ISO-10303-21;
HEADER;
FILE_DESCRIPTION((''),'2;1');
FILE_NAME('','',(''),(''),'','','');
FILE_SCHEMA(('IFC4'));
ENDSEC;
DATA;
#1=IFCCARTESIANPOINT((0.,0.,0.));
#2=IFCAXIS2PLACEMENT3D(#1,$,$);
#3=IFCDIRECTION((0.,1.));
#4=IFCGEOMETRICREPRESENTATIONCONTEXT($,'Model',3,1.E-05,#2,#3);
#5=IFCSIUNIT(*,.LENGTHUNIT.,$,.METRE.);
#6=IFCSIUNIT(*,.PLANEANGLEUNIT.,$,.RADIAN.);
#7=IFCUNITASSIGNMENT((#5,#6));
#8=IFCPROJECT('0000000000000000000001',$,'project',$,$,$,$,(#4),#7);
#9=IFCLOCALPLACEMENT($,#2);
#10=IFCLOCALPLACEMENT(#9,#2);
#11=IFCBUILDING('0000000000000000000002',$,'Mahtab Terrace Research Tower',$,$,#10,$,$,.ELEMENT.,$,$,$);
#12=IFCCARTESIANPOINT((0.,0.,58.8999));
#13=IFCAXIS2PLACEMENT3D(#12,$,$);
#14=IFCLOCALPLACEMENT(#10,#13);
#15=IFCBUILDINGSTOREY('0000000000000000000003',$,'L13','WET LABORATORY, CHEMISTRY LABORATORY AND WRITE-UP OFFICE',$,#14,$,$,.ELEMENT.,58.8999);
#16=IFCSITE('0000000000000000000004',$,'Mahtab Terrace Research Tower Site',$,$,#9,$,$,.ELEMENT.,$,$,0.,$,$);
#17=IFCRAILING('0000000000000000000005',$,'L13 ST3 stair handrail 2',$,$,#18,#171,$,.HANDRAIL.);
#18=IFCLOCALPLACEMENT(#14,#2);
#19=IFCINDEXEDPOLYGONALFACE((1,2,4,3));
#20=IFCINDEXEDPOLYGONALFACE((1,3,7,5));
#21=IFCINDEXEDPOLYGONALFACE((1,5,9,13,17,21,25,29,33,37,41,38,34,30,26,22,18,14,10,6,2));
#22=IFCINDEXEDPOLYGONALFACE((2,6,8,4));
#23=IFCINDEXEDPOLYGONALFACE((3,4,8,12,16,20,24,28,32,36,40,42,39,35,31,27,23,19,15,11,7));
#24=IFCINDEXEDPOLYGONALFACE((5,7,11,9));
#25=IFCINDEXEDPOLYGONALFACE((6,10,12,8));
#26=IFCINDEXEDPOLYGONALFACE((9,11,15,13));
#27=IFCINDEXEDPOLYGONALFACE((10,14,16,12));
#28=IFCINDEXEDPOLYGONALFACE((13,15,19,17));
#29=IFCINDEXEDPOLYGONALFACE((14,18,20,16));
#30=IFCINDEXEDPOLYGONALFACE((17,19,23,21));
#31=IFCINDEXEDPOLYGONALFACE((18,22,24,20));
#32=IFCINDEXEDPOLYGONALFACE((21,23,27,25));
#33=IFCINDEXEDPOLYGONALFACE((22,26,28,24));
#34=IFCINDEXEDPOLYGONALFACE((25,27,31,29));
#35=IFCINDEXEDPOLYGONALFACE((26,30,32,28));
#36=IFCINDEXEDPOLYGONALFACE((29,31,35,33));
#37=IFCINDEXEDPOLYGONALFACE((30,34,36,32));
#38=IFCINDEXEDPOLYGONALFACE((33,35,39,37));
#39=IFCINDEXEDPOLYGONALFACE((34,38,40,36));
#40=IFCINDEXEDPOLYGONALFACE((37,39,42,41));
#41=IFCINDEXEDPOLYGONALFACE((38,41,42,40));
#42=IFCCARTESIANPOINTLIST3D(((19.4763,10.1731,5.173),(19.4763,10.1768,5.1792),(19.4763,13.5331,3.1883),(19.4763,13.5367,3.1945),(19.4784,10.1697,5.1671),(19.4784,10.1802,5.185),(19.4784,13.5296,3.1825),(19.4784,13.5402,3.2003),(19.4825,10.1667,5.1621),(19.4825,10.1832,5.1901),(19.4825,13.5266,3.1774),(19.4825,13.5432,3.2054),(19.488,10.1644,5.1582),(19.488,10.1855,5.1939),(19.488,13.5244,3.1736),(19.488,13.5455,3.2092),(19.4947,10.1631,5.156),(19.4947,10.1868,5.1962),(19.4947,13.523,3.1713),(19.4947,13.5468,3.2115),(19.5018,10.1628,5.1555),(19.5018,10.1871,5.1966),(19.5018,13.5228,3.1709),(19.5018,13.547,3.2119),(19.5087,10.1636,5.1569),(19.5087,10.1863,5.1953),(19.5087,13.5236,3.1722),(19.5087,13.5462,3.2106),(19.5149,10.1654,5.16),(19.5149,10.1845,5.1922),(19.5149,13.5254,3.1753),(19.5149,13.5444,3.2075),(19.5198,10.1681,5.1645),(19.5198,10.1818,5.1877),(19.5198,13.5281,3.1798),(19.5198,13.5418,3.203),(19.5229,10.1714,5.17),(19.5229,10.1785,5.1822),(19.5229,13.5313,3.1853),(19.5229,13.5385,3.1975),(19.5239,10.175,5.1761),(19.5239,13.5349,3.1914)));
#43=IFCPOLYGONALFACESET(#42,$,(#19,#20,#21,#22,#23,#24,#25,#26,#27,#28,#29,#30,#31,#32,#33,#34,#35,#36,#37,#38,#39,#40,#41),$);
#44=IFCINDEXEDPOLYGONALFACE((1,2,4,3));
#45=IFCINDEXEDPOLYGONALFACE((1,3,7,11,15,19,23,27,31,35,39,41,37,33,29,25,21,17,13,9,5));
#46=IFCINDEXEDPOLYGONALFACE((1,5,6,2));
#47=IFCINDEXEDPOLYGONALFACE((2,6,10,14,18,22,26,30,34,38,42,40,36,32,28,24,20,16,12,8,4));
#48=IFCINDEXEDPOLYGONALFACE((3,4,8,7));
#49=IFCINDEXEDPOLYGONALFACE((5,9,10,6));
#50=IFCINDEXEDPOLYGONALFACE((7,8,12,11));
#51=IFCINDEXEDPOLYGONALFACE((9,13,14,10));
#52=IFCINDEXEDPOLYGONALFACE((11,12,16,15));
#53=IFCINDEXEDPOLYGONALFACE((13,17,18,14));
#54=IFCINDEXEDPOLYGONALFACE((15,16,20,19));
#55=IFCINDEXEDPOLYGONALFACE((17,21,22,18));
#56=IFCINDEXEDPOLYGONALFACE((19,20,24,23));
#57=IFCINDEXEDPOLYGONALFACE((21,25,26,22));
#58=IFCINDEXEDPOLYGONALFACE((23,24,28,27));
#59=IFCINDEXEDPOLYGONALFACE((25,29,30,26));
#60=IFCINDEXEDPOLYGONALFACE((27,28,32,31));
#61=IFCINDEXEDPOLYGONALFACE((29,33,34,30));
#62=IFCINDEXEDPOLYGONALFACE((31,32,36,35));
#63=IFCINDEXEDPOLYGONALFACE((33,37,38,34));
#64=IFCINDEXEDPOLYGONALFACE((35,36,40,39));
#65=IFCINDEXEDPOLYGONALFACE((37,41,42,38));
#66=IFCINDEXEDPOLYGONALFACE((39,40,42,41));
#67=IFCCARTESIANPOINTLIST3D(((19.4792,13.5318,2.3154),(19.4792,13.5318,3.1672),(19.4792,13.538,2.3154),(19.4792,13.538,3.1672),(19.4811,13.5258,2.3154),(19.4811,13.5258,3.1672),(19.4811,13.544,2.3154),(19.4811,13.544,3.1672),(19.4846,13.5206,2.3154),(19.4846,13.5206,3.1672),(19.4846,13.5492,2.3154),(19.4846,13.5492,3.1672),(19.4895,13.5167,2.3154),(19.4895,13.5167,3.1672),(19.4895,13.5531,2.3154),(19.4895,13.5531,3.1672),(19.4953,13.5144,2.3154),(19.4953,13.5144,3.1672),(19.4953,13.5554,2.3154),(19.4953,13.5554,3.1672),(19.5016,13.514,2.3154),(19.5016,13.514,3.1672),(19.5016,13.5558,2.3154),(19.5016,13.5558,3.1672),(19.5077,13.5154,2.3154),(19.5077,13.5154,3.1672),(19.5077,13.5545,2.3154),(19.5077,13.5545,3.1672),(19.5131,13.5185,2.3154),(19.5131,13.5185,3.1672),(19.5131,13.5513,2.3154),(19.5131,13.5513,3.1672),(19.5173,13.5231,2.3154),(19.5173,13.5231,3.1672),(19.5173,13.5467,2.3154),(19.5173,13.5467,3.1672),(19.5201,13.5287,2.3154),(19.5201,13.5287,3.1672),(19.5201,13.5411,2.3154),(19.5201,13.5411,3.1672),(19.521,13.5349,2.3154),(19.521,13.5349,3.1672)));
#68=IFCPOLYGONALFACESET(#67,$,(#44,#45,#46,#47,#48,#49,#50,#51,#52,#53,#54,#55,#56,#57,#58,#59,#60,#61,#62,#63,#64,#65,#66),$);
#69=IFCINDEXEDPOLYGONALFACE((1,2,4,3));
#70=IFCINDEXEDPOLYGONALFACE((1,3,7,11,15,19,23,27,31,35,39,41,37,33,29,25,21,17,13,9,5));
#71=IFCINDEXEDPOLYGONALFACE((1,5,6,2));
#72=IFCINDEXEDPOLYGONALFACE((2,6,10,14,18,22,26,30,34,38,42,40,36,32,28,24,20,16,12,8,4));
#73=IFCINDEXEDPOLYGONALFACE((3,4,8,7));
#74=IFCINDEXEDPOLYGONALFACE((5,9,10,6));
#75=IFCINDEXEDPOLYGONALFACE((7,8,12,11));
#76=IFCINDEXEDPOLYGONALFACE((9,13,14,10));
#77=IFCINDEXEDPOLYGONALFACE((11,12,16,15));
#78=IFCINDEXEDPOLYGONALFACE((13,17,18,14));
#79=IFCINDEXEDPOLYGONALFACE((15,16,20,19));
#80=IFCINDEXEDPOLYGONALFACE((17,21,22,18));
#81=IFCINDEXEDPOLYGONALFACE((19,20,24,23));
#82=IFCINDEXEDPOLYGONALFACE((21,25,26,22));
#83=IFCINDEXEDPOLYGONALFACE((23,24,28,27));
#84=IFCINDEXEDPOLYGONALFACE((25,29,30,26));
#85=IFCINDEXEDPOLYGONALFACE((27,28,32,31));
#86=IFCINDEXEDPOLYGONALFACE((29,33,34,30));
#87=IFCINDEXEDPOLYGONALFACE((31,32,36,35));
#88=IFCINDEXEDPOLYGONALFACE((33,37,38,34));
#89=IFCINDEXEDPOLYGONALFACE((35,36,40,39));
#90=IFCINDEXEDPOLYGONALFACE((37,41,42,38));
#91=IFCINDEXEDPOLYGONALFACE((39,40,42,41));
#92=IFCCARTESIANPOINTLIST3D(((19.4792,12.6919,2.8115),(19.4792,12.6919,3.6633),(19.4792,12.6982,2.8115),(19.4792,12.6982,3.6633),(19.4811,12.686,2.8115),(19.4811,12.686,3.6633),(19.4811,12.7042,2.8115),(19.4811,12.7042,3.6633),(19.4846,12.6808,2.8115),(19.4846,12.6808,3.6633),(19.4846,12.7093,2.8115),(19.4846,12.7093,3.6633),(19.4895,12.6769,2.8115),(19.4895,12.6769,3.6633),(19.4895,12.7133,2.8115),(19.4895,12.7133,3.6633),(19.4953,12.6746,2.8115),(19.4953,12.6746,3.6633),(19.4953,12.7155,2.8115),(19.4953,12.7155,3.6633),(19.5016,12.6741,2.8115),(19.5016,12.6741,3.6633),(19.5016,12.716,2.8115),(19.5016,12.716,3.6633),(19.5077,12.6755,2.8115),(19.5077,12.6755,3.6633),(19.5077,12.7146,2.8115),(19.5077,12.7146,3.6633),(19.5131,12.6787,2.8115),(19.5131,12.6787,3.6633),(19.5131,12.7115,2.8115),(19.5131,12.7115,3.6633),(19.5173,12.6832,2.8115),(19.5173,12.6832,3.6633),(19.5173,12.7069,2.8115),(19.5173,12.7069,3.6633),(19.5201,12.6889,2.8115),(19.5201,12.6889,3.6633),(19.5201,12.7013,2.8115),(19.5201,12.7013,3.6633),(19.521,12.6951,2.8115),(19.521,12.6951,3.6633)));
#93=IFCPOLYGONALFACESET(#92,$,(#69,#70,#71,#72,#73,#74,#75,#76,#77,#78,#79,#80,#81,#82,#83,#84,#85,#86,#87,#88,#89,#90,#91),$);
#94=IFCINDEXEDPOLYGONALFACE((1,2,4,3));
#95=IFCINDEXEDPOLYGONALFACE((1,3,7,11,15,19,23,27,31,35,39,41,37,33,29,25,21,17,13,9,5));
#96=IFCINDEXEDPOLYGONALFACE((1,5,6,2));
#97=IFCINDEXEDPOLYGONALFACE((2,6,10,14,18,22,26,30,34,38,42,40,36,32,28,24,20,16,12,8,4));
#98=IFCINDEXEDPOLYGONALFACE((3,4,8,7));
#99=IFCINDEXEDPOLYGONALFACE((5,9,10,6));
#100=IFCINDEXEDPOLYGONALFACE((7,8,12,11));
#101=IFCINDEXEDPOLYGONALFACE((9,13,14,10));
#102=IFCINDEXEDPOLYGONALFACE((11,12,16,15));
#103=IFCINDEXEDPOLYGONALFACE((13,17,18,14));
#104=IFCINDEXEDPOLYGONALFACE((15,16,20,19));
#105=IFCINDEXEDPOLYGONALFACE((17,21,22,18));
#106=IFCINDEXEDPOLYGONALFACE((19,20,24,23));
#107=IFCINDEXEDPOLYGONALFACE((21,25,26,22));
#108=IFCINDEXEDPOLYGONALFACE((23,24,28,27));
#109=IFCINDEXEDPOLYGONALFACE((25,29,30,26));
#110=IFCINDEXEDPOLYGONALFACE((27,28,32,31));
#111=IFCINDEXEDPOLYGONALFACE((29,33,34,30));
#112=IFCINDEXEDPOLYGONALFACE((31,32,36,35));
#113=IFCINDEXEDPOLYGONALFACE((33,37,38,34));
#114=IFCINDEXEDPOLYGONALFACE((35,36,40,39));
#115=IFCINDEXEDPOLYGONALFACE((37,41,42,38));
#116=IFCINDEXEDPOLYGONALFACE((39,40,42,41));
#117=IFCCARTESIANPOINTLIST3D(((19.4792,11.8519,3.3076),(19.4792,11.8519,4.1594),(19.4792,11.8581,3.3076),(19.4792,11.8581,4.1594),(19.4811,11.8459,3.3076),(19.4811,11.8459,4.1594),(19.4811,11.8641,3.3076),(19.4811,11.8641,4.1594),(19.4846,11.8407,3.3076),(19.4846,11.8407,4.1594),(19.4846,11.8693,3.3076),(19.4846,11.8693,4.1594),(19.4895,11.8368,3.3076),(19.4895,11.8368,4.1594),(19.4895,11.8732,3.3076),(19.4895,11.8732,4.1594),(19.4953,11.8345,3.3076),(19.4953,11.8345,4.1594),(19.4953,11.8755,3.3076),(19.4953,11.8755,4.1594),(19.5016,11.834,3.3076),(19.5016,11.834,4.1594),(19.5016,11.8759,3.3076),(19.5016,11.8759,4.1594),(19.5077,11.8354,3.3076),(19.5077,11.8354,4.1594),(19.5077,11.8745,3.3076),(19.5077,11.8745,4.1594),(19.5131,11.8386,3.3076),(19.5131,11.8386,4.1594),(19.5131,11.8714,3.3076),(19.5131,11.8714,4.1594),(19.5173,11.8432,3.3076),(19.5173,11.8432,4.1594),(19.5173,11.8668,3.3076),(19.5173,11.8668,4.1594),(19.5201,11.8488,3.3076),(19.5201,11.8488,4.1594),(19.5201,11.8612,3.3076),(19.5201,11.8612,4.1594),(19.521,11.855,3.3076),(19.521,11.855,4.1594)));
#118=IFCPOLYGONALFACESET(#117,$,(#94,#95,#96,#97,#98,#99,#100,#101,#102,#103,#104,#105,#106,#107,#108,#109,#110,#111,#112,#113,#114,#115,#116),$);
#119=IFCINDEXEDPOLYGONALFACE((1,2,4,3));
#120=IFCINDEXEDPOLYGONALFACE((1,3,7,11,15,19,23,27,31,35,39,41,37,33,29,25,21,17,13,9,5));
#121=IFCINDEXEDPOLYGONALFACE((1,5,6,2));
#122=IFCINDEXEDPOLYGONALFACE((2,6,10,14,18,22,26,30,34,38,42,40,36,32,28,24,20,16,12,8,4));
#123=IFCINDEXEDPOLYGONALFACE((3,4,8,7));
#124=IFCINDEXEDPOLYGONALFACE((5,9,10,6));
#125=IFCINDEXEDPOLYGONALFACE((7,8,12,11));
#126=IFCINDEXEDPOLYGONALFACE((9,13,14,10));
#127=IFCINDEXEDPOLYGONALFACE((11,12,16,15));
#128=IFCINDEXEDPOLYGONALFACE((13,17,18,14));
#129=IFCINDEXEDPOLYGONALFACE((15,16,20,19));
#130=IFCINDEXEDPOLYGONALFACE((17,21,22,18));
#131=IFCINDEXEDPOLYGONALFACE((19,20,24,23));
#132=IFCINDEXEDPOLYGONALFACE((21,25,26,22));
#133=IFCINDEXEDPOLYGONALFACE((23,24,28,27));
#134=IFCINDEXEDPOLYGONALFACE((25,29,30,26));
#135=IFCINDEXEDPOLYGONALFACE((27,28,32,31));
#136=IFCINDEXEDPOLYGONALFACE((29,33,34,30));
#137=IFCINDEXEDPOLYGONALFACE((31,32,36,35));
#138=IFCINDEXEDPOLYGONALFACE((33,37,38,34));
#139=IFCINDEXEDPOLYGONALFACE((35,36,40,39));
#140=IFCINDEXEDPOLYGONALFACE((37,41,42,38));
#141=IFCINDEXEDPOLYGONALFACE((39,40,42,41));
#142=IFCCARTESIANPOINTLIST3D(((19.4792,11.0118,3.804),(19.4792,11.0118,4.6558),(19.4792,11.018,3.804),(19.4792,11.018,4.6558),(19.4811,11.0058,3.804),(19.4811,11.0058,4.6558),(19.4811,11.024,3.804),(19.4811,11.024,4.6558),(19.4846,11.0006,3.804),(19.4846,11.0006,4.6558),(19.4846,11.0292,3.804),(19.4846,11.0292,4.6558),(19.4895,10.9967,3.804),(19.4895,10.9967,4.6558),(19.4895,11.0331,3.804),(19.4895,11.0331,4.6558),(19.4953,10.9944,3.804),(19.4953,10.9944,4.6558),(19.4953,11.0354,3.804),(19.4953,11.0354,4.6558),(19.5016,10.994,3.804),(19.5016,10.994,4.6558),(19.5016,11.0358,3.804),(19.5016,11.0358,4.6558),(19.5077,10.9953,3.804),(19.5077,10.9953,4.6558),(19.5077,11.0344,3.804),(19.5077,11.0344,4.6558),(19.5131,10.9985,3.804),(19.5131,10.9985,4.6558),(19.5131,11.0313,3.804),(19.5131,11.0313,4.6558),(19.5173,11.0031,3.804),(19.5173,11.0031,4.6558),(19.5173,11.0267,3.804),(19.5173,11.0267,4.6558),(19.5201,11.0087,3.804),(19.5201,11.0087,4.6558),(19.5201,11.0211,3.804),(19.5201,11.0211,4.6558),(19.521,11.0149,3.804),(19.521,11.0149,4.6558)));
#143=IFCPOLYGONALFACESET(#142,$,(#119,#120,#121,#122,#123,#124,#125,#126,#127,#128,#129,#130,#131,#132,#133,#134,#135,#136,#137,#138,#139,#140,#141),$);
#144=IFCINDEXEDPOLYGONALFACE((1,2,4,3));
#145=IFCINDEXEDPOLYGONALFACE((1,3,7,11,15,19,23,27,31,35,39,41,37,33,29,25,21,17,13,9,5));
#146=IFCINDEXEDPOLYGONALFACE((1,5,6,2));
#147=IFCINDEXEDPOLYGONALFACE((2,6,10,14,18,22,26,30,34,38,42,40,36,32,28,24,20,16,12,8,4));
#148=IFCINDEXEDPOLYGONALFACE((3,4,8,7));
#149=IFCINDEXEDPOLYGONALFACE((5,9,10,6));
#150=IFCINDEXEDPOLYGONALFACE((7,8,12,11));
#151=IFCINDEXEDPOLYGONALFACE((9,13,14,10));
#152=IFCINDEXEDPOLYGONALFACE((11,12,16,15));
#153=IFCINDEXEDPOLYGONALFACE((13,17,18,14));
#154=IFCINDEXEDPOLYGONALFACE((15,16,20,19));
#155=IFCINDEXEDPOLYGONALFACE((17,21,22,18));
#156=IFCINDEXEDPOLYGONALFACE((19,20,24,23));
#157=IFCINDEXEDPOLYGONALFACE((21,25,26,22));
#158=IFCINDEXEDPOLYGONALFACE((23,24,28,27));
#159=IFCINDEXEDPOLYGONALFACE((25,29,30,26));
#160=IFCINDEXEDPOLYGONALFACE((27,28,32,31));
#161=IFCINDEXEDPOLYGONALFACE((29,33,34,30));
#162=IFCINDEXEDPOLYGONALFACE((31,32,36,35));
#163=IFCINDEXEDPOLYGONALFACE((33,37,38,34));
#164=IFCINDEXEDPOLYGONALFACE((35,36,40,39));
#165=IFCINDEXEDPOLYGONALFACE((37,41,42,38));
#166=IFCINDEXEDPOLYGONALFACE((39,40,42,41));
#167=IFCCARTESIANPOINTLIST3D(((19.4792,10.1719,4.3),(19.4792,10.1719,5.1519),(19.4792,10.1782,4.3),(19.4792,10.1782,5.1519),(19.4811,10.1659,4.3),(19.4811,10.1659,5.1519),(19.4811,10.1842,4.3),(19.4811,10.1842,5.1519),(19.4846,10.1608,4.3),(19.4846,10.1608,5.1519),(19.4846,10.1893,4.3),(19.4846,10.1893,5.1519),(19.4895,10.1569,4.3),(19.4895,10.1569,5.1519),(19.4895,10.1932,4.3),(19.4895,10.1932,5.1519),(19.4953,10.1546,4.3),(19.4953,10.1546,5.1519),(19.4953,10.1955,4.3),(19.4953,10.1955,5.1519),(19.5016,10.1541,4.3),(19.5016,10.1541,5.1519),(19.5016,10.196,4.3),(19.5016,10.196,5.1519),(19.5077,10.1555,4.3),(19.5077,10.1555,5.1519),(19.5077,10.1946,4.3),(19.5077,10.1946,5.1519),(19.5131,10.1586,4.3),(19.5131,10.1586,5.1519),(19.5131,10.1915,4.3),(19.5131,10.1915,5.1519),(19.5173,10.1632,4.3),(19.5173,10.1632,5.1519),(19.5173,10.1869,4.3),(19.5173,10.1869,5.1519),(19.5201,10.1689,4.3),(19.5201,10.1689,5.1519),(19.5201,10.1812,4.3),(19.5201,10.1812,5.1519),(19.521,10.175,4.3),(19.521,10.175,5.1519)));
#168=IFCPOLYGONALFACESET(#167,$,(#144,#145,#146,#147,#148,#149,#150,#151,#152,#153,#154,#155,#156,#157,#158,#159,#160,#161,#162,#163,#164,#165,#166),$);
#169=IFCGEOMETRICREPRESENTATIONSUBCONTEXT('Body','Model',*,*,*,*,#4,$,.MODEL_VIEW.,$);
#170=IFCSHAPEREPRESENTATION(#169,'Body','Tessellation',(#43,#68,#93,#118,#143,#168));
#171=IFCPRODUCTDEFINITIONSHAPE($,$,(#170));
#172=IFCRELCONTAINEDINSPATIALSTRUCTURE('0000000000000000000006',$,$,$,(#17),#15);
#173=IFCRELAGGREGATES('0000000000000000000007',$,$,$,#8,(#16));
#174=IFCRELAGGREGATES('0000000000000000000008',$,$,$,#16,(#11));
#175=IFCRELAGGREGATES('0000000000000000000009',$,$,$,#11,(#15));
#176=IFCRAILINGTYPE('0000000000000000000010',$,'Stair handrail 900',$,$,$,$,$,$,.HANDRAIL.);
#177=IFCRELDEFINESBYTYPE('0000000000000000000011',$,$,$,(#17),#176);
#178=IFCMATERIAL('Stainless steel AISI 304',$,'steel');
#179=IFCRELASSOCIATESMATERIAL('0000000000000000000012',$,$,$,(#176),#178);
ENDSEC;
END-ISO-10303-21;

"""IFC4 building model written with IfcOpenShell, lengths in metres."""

from ifc_helpers import new_model, si_unit, direction, frame, origin, origin_2d, place, context, subcontext, project, spatial, circle, extrude, material, type_object, element, save


model = new_model("IFC4")

# Units and contexts
model_context = context("Model", 3, precision=1e-05, world=origin(), true_north=direction((0.0, 1.0)))
body_context = subcontext(model_context, "Body", "Model", "MODEL_VIEW")
ifc_project = project(units=[si_unit("LENGTHUNIT", "METRE"), si_unit("PLANEANGLEUNIT", "RADIAN")], contexts=[model_context])

# Site, building, storey
site_placement = place(None, origin())
site = spatial("IfcSite", under=ifc_project, at=site_placement, Name="Mahtab Terrace Research Tower Site", CompositionType="ELEMENT", RefElevation=0.0)
building_placement = place(site_placement, origin())
building = spatial("IfcBuilding", under=site, at=building_placement, Name="Mahtab Terrace Research Tower", CompositionType="ELEMENT")
storey_placement = place(building_placement, frame((0.0, 0.0, 58.8999)))
storey = spatial("IfcBuildingStorey", under=building, at=storey_placement, Name="L13", Description="WET LABORATORY, CHEMISTRY LABORATORY AND WRITE-UP OFFICE", CompositionType="ELEMENT", Elevation=58.8999)

# Railing
ifc_material_1 = material(Name="Stainless steel AISI 304", Category="steel")
railing_type_1 = type_object("IfcRailingType", Name="Stair handrail 900", PredefinedType="HANDRAIL", material=ifc_material_1)
railing_1_placement = place(storey_placement, frame((19.5, 13.5349, 2.3154)))
element("IfcRailing", 1, at=railing_1_placement, inside=storey, type_object=railing_type_1, Name="L13 ST3 stair handrail 2", PredefinedType="HANDRAIL", context=body_context, shape_type="SweptSolid", body=[
    extrude(circle(Radius=0.0239, at=origin_2d()), frame((0.0, 0.0, 0.876), z_axis=(0.0, -0.861011, 0.508586), x_axis=(1.0, 0.0, 0.0)), (0.0, 0.0, 1.0), 3.9023),
    extrude(circle(Radius=0.021, at=origin_2d()), origin(), (0.0, 0.0, 1.0), 0.8518),
    extrude(circle(Radius=0.021, at=origin_2d()), frame((0.0, -0.8398, 0.4961)), (0.0, 0.0, 1.0), 0.8518),
    extrude(circle(Radius=0.021, at=origin_2d()), frame((0.0, -1.6799, 0.9922)), (0.0, 0.0, 1.0), 0.8518),
    extrude(circle(Radius=0.021, at=origin_2d()), frame((0.0, -2.52, 1.4885)), (0.0, 0.0, 1.0), 0.8518),
    extrude(circle(Radius=0.021, at=origin_2d()), frame((0.0, -3.3599, 1.9846)), (0.0, 0.0, 1.0), 0.8518),
])

save(model, "model.ifc")
